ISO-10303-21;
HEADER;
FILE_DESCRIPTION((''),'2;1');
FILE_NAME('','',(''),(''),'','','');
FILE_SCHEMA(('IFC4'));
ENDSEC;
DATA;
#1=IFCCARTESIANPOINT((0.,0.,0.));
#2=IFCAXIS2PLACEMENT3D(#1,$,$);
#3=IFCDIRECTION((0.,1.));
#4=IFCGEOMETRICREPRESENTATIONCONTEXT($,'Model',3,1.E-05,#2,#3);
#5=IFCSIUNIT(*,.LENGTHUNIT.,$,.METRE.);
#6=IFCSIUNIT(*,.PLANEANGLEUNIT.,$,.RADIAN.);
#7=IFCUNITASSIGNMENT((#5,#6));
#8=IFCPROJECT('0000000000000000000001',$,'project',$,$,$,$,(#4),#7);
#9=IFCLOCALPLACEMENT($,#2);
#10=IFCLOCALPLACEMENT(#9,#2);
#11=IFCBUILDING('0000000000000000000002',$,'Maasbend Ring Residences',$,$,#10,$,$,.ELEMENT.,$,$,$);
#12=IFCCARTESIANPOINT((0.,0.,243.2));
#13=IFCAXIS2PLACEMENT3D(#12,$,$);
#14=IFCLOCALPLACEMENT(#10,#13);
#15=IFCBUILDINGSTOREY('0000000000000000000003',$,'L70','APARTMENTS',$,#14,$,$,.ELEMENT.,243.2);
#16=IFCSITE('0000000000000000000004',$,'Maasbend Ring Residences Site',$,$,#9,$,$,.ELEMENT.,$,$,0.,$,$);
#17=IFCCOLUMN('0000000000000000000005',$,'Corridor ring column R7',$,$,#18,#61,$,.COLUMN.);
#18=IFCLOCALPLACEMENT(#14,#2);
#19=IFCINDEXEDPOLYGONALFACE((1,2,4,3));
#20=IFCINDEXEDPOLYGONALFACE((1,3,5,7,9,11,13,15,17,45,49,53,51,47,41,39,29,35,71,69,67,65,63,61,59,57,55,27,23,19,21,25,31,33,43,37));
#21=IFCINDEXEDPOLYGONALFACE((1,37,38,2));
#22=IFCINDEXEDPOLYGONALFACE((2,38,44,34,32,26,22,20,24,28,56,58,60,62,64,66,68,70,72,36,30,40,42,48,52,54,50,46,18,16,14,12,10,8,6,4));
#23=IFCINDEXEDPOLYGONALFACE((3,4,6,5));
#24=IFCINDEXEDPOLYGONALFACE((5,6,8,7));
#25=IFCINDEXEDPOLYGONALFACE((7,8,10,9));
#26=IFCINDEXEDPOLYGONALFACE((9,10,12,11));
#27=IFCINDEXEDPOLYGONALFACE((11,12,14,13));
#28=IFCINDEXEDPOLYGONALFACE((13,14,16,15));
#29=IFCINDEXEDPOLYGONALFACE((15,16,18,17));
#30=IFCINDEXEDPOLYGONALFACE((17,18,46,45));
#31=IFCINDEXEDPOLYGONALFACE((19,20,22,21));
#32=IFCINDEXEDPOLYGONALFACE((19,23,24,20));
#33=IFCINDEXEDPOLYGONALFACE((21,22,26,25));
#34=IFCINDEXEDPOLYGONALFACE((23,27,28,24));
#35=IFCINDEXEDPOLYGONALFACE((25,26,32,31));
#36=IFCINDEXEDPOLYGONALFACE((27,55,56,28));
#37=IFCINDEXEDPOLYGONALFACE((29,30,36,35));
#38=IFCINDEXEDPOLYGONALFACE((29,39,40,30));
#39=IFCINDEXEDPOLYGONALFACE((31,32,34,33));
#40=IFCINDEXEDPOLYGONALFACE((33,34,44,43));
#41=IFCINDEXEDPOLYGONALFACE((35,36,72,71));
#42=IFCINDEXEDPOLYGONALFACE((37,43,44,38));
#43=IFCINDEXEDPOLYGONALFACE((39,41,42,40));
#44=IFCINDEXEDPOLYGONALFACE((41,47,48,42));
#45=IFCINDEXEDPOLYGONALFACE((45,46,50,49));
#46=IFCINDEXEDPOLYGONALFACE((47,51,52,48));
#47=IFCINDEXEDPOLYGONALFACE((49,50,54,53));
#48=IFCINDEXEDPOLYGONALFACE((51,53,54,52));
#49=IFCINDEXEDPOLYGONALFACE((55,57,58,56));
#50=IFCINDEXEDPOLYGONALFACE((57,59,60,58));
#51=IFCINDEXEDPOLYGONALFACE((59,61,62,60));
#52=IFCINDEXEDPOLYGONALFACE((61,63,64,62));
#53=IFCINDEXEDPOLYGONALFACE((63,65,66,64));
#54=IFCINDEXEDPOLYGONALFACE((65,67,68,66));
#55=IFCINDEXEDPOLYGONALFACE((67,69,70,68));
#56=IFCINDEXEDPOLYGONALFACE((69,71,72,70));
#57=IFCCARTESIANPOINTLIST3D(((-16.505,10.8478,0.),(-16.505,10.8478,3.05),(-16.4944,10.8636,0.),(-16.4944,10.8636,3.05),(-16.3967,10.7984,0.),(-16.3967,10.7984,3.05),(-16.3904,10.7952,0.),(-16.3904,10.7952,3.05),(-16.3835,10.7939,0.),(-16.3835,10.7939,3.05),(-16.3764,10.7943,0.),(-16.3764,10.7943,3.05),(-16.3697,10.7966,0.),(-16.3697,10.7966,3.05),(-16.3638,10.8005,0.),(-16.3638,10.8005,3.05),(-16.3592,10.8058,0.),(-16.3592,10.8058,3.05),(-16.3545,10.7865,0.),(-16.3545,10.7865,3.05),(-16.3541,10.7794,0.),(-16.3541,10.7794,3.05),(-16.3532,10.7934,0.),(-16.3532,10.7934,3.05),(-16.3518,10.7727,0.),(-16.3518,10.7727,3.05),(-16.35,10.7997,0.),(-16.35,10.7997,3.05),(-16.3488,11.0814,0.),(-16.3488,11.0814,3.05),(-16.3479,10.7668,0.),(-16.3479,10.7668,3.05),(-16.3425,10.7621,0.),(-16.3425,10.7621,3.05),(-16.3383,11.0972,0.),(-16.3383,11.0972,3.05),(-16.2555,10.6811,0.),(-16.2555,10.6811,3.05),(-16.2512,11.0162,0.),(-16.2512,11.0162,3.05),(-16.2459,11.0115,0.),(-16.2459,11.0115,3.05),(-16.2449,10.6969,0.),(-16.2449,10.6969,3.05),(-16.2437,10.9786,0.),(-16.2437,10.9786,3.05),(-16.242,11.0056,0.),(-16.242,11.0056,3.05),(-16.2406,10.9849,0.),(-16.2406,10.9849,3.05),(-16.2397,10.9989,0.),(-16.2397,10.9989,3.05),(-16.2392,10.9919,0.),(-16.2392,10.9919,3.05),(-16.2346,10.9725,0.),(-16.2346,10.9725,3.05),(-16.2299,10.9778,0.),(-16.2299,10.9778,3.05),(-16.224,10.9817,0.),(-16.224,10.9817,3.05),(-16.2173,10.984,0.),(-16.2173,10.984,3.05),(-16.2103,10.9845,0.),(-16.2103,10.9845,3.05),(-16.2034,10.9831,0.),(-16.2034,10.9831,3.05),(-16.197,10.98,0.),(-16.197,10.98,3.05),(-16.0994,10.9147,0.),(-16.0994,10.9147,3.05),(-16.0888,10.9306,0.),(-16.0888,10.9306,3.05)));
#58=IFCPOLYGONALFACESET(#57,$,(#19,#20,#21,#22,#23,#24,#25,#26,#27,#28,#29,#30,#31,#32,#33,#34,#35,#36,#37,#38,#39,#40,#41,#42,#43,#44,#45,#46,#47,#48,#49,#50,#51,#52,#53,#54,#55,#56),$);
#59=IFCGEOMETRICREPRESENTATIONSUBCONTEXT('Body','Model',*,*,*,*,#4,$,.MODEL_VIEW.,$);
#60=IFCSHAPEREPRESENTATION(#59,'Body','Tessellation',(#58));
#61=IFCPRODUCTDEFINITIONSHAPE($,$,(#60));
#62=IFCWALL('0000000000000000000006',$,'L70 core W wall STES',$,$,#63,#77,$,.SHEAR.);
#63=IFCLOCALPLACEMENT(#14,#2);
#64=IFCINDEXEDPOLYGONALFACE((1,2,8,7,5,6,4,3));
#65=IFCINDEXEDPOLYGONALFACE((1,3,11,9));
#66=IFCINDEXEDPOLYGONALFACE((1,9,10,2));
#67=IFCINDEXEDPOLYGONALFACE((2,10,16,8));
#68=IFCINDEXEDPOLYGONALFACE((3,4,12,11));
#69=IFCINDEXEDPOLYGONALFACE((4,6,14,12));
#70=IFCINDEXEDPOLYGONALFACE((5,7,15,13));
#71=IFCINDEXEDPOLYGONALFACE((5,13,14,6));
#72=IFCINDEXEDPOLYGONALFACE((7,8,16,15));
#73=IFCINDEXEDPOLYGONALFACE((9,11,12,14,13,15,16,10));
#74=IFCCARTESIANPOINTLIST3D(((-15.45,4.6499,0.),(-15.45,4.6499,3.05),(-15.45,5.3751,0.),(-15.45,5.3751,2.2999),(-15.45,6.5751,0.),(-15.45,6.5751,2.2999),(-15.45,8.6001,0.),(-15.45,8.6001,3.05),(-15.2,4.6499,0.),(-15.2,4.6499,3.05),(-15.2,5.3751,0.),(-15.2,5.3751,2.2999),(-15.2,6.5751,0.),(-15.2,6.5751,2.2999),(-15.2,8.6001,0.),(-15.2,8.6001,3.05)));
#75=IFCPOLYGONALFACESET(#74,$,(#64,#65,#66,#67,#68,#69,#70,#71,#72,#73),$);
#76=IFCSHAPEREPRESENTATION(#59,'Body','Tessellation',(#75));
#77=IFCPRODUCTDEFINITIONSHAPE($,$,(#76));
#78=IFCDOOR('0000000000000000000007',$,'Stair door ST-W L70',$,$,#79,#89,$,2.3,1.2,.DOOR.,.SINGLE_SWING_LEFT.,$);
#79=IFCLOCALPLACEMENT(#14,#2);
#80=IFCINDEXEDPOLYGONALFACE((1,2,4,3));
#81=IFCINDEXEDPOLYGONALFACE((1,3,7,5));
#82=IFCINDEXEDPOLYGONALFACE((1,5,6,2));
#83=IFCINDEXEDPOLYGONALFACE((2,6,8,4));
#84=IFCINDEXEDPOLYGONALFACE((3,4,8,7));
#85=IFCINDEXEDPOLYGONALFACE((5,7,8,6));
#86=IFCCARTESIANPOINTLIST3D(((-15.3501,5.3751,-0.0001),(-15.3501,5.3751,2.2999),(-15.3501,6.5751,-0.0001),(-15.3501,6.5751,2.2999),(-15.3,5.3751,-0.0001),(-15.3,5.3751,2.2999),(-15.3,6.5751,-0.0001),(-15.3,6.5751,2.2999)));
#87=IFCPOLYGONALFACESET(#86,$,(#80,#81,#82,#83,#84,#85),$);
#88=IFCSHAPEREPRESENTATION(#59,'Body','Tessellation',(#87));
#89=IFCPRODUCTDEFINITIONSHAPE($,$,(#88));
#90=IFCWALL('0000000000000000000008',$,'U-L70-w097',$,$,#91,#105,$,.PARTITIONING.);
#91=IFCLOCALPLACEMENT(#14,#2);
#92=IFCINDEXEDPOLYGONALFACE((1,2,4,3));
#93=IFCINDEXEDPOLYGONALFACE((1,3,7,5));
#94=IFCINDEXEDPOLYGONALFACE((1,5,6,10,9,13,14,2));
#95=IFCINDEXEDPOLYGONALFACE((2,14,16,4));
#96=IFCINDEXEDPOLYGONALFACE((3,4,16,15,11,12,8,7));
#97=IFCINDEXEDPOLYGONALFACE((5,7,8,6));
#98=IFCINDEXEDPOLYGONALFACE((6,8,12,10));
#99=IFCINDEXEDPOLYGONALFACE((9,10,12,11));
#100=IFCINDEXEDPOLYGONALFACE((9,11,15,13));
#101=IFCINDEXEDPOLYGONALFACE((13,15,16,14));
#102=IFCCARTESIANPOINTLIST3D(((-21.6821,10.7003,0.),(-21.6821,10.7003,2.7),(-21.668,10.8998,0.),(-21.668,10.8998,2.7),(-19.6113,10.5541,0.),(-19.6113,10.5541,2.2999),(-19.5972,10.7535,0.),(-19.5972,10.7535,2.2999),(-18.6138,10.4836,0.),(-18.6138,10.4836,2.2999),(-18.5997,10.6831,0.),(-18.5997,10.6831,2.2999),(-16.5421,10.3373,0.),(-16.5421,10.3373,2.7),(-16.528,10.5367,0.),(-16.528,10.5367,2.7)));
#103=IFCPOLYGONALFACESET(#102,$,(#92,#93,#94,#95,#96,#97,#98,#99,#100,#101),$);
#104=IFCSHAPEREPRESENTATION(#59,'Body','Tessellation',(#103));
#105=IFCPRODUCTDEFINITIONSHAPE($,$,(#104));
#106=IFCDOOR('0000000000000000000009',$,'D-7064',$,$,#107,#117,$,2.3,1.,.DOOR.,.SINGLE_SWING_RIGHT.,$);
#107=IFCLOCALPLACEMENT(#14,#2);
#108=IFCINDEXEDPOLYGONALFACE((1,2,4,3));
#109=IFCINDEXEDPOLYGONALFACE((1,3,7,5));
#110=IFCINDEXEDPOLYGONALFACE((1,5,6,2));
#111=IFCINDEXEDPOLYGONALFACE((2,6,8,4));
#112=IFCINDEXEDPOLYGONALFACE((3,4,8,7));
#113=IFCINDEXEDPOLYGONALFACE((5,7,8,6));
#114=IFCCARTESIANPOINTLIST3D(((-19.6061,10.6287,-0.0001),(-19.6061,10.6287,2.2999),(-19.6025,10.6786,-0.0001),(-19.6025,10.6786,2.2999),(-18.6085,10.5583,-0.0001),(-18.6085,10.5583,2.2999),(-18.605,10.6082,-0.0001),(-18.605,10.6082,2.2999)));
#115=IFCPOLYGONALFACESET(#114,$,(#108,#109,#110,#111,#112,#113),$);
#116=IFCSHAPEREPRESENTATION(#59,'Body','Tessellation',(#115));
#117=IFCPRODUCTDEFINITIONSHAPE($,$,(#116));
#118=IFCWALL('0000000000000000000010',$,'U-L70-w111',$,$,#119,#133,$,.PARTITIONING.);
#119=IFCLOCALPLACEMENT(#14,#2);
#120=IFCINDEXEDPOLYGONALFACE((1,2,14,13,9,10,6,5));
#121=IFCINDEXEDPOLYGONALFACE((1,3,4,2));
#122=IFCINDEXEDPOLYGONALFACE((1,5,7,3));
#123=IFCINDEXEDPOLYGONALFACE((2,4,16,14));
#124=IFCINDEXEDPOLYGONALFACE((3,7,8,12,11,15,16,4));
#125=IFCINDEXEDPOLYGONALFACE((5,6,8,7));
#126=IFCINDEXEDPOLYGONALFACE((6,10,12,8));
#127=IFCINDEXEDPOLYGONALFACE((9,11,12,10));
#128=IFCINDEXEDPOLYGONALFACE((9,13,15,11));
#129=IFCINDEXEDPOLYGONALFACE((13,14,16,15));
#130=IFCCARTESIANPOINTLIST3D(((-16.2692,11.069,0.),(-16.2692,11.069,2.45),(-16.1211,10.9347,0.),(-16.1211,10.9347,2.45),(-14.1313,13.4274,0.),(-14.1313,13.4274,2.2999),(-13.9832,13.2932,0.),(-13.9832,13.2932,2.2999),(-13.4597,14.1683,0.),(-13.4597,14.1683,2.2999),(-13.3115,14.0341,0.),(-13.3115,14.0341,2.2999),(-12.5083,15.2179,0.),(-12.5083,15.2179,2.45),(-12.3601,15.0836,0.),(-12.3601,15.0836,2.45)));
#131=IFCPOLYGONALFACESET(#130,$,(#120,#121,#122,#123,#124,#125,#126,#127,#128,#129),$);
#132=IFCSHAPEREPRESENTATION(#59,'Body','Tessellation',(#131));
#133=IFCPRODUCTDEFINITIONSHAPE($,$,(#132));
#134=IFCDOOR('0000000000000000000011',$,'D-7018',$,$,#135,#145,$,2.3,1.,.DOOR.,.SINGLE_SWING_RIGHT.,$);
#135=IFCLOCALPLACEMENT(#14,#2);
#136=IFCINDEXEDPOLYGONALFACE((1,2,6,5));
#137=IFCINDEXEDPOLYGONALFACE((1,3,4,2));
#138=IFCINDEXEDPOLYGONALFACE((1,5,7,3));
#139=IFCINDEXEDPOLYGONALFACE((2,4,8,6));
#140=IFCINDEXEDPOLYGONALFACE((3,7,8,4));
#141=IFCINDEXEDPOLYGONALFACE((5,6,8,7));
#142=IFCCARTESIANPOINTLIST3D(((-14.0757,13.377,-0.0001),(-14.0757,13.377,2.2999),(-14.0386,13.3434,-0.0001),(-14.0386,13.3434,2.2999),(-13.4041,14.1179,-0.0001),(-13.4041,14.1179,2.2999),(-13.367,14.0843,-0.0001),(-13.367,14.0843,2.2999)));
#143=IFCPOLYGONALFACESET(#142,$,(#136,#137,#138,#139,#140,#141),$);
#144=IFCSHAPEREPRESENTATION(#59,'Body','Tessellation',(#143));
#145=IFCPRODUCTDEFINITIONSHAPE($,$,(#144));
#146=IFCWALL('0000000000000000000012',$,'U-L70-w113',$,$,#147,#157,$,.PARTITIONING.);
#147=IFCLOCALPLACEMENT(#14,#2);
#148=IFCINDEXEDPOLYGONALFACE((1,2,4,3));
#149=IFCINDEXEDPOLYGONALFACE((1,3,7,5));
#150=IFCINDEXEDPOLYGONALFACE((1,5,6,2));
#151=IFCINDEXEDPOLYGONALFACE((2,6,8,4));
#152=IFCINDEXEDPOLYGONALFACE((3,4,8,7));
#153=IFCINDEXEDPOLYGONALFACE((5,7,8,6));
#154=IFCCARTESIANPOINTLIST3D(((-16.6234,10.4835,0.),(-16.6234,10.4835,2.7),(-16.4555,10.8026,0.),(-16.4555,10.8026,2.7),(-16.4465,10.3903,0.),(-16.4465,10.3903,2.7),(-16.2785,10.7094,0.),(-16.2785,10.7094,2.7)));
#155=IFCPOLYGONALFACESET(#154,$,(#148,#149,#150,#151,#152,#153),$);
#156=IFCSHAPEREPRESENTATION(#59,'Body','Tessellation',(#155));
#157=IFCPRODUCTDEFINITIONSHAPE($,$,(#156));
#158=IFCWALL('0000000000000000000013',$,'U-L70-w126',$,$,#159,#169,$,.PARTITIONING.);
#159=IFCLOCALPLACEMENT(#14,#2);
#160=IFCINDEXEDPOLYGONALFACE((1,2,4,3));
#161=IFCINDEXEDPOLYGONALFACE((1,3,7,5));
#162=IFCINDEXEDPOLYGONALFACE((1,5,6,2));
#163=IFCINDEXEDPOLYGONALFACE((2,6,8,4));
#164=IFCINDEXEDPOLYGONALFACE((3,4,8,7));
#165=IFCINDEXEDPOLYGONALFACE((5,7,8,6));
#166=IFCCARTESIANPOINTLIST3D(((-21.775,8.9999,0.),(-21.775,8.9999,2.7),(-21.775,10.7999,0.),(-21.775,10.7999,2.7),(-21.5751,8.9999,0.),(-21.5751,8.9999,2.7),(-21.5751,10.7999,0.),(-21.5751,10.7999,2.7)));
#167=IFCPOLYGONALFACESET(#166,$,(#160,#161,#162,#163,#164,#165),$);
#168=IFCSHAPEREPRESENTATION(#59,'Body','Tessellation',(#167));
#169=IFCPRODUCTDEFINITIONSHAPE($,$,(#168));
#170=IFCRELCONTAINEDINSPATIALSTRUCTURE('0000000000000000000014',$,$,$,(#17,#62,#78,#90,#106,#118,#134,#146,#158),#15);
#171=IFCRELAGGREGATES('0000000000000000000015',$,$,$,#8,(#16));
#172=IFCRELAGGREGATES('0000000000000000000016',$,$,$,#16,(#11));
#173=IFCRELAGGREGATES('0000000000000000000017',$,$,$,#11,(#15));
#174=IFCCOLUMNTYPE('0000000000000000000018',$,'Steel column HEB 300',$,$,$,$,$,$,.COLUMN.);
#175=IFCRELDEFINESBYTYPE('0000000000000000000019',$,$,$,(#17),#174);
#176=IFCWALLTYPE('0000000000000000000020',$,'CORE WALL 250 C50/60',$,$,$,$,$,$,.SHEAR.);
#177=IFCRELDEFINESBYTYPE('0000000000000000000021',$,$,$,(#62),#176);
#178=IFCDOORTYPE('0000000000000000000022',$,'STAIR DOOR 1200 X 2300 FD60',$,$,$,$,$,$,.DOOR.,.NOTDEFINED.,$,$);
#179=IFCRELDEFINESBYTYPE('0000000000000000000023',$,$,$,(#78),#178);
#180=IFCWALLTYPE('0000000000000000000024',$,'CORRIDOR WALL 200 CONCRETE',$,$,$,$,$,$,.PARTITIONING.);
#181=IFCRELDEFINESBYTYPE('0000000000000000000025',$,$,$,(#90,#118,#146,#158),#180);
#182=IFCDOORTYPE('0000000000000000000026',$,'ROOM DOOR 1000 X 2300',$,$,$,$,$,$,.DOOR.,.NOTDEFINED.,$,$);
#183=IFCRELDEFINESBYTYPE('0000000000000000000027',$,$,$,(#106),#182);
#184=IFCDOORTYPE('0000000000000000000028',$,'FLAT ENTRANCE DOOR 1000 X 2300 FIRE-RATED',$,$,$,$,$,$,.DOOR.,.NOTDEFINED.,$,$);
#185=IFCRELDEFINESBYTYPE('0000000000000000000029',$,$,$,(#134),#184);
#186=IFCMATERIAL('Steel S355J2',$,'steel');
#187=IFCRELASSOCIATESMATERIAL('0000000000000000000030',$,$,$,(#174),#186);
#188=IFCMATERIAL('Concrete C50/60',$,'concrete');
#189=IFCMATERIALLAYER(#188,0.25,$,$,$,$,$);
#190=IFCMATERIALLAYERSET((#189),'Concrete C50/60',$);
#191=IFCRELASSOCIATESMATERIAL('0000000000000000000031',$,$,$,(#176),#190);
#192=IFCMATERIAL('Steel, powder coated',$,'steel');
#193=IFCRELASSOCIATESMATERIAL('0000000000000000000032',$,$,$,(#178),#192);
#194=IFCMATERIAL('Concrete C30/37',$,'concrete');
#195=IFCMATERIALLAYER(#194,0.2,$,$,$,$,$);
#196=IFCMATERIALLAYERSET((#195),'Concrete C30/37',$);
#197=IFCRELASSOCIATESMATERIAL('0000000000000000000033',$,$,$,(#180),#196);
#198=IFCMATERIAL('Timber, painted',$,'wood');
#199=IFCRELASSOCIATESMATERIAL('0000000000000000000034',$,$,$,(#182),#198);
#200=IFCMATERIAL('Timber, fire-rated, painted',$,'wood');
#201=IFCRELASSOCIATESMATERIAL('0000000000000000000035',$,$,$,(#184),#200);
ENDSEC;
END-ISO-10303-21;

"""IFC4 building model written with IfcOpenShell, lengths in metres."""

from ifc_helpers import new_model, si_unit, direction, frame, frame_2d, origin, origin_2d, place, context, subcontext, project, spatial, rectangle, i_section, extrude, material, layer, layer_set, material_profile, profile_set, type_object, element, fill, save


model = new_model("IFC4")

# Units and contexts
model_context = context("Model", 3, precision=1e-05, world=origin(), true_north=direction((0.0, 1.0)))
body_context = subcontext(model_context, "Body", "Model", "MODEL_VIEW")
ifc_project = project(units=[si_unit("LENGTHUNIT", "METRE"), si_unit("PLANEANGLEUNIT", "RADIAN")], contexts=[model_context])

# Site, building, storey
site_placement = place(None, origin())
site = spatial("IfcSite", under=ifc_project, at=site_placement, Name="Maasbend Ring Residences Site", CompositionType="ELEMENT", RefElevation=0.0)
building_placement = place(site_placement, origin())
building = spatial("IfcBuilding", under=site, at=building_placement, Name="Maasbend Ring Residences", CompositionType="ELEMENT")
storey_placement = place(building_placement, frame((0.0, 0.0, 243.2)))
storey = spatial("IfcBuildingStorey", under=building, at=storey_placement, Name="L70", Description="APARTMENTS", CompositionType="ELEMENT", Elevation=243.2)

# Column
ifc_material_1 = material(Name="Steel S355J2", Category="steel")
ifc_material_profile = material_profile(ifc_material_1, i_section(OverallWidth=0.3, OverallDepth=0.3, WebThickness=0.011, FlangeThickness=0.019, FilletRadius=0.0271, at=origin_2d()), Name="HEB 300")
ifc_profile_set = profile_set([ifc_material_profile], Name="Steel S355J2")
column_type = type_object("IfcColumnType", Name="Steel column HEB 300", PredefinedType="COLUMN", material=ifc_profile_set)
column_placement = place(storey_placement, frame((-16.2969, 10.8892, 0.0), z_axis=(0.0, 0.0, 1.0), x_axis=(-0.83147, 0.55557, 0.0)))
element("IfcColumn", 1, at=column_placement, inside=storey, type_object=column_type, Name="Corridor ring column R7", PredefinedType="COLUMN", context=body_context, shape_type="SweptSolid", body=[
    extrude(i_section(OverallWidth=0.3, OverallDepth=0.3, WebThickness=0.011, FlangeThickness=0.019, FilletRadius=0.0271, at=origin_2d()), origin(), (0.0, 0.0, 1.0), 3.05),
])

# Walls, openings, doors
ifc_material_2 = material(Name="Concrete C50/60", Category="concrete")
ifc_layer_1 = layer(ifc_material_2, 0.25)
ifc_layer_set_1 = layer_set([ifc_layer_1], Name="Concrete C50/60")
wall_type_1 = type_object("IfcWallType", Name="CORE WALL 250 C50/60", PredefinedType="SHEAR", material=ifc_layer_set_1)
wall_1_placement = place(storey_placement, frame((-15.325, 8.6001, 0.0), z_axis=(0.0, 0.0, 1.0), x_axis=(0.0, -1.0, 0.0)))
wall_1 = element("IfcWall", 2, at=wall_1_placement, inside=storey, type_object=wall_type_1, Name="L70 core W wall STES", PredefinedType="SHEAR", context=body_context, shape_type="SweptSolid", body=[
    extrude(rectangle(XDim=3.9502, YDim=0.25, at=frame_2d((1.9751, 0.0))), origin(), (0.0, 0.0, 1.0), 3.05),
])
opening_1_placement = place(wall_1_placement, frame((2.0249, 0.0, 0.0)))
opening_1 = element("IfcOpeningElement", 3, at=opening_1_placement, cuts=wall_1, PredefinedType="OPENING", context=body_context, shape_type="SweptSolid", body=[
    extrude(rectangle(XDim=1.2, YDim=2.3, at=frame_2d((0.6001, 1.1499))), frame((0.0, 0.135, 0.0), z_axis=(0.0, -1.0, 0.0), x_axis=(1.0, 0.0, 0.0)), (0.0, 0.0, 1.0), 0.27),
])
ifc_material_3 = material(Name="Steel, powder coated", Category="steel")
door_type_1 = type_object("IfcDoorType", Name="STAIR DOOR 1200 X 2300 FD60", OperationType="NOTDEFINED", PredefinedType="DOOR", material=ifc_material_3)
door_1_placement = place(opening_1_placement, origin())
door_1 = element("IfcDoor", 4, at=door_1_placement, inside=storey, type_object=door_type_1, Name="Stair door ST-W L70", OperationType="SINGLE_SWING_LEFT", OverallHeight=2.3, OverallWidth=1.2, PredefinedType="DOOR", context=body_context, shape_type="SweptSolid", body=[
    extrude(rectangle(XDim=1.2, YDim=2.3, at=frame_2d((0.6001, 1.1499))), frame((0.0, 0.0249, 0.0), z_axis=(0.0, -1.0, 0.0), x_axis=(1.0, 0.0, 0.0)), (0.0, 0.0, 1.0), 0.05),
])
fill(opening_1, door_1)
ifc_material_4 = material(Name="Concrete C30/37", Category="concrete")
ifc_layer_2 = layer(ifc_material_4, 0.2)
ifc_layer_set_2 = layer_set([ifc_layer_2], Name="Concrete C30/37")
wall_type_2 = type_object("IfcWallType", Name="CORRIDOR WALL 200 CONCRETE", PredefinedType="PARTITIONING", material=ifc_layer_set_2)
wall_2_placement = place(storey_placement, frame((-21.675, 10.8, 0.0), z_axis=(0.0, 0.0, 1.0), x_axis=(0.997515, -0.070452, 0.0)))
wall_2 = element("IfcWall", 5, at=wall_2_placement, inside=storey, type_object=wall_type_2, Name="U-L70-w097", PredefinedType="PARTITIONING", context=body_context, shape_type="SweptSolid", body=[
    extrude(rectangle(XDim=5.1528, YDim=0.2, at=frame_2d((2.5764, 0.0))), origin(), (0.0, 0.0, 1.0), 2.7),
])
opening_2_placement = place(wall_2_placement, frame((2.0759, 0.0, 0.0)))
opening_2 = element("IfcOpeningElement", 6, at=opening_2_placement, cuts=wall_2, PredefinedType="OPENING", context=body_context, shape_type="SweptSolid", body=[
    extrude(rectangle(XDim=1.0, YDim=2.3, at=frame_2d((0.5, 1.1499))), frame((0.0, 0.1099, 0.0), z_axis=(0.0, -1.0, 0.0), x_axis=(1.0, 0.0, 0.0)), (0.0, 0.0, 1.0), 0.22),
])
ifc_material_5 = material(Name="Timber, painted", Category="wood")
door_type_2 = type_object("IfcDoorType", Name="ROOM DOOR 1000 X 2300", OperationType="NOTDEFINED", PredefinedType="DOOR", material=ifc_material_5)
door_2_placement = place(opening_2_placement, origin())
door_2 = element("IfcDoor", 7, at=door_2_placement, inside=storey, type_object=door_type_2, Name="D-7064", OperationType="SINGLE_SWING_RIGHT", OverallHeight=2.3, OverallWidth=1.0, PredefinedType="DOOR", context=body_context, shape_type="SweptSolid", body=[
    extrude(rectangle(XDim=1.0, YDim=2.3, at=frame_2d((0.5, 1.1499))), frame((0.0, 0.0249, 0.0), z_axis=(0.0, -1.0, 0.0), x_axis=(1.0, 0.0, 0.0)), (0.0, 0.0, 1.0), 0.05),
])
fill(opening_2, door_2)
wall_3_placement = place(storey_placement, frame((-16.1951, 11.002, 0.0), z_axis=(0.0, 0.0, 1.0), x_axis=(0.67162, 0.740896, 0.0)))
wall_3 = element("IfcWall", 8, at=wall_3_placement, inside=storey, type_object=wall_type_2, Name="U-L70-w111", PredefinedType="PARTITIONING", context=body_context, shape_type="SweptSolid", body=[
    extrude(rectangle(XDim=5.5999, YDim=0.2, at=frame_2d((2.7998, 0.0))), origin(), (0.0, 0.0, 1.0), 2.45),
])
opening_3_placement = place(wall_3_placement, frame((3.1831, 0.0, 0.0)))
opening_3 = element("IfcOpeningElement", 9, at=opening_3_placement, cuts=wall_3, PredefinedType="OPENING", context=body_context, shape_type="SweptSolid", body=[
    extrude(rectangle(XDim=1.0, YDim=2.3, at=frame_2d((0.5, 1.1499))), frame((0.0, 0.1099, 0.0), z_axis=(0.0, -1.0, 0.0), x_axis=(1.0, 0.0, 0.0)), (0.0, 0.0, 1.0), 0.22),
])
ifc_material_6 = material(Name="Timber, fire-rated, painted", Category="wood")
door_type_3 = type_object("IfcDoorType", Name="FLAT ENTRANCE DOOR 1000 X 2300 FIRE-RATED", OperationType="NOTDEFINED", PredefinedType="DOOR", material=ifc_material_6)
door_3_placement = place(opening_3_placement, origin())
door_3 = element("IfcDoor", 10, at=door_3_placement, inside=storey, type_object=door_type_3, Name="D-7018", OperationType="SINGLE_SWING_RIGHT", OverallHeight=2.3, OverallWidth=1.0, PredefinedType="DOOR", context=body_context, shape_type="SweptSolid", body=[
    extrude(rectangle(XDim=1.0, YDim=2.3, at=frame_2d((0.5, 1.1499))), frame((0.0, 0.0249, 0.0), z_axis=(0.0, -1.0, 0.0), x_axis=(1.0, 0.0, 0.0)), (0.0, 0.0, 1.0), 0.05),
])
fill(opening_3, door_3)

# Walls
wall_4_placement = place(storey_placement, frame((-16.5349, 10.437, 0.0), z_axis=(0.0, 0.0, 1.0), x_axis=(0.465802, 0.884889, 0.0)))
element("IfcWall", 11, at=wall_4_placement, inside=storey, type_object=wall_type_2, Name="U-L70-w113", PredefinedType="PARTITIONING", context=body_context, shape_type="SweptSolid", body=[
    extrude(rectangle(XDim=0.3606, YDim=0.2, at=frame_2d((0.1802, 0.0))), origin(), (0.0, 0.0, 1.0), 2.7),
])
wall_5_placement = place(storey_placement, frame((-21.675, 9.0, 0.0), z_axis=(0.0, 0.0, 1.0), x_axis=(0.0, 1.0, 0.0)))
element("IfcWall", 12, at=wall_5_placement, inside=storey, type_object=wall_type_2, Name="U-L70-w126", PredefinedType="PARTITIONING", context=body_context, shape_type="SweptSolid", body=[
    extrude(rectangle(XDim=1.8, YDim=0.2, at=frame_2d((0.8999, 0.0))), origin(), (0.0, 0.0, 1.0), 2.7),
])

save(model, "model.ifc")
